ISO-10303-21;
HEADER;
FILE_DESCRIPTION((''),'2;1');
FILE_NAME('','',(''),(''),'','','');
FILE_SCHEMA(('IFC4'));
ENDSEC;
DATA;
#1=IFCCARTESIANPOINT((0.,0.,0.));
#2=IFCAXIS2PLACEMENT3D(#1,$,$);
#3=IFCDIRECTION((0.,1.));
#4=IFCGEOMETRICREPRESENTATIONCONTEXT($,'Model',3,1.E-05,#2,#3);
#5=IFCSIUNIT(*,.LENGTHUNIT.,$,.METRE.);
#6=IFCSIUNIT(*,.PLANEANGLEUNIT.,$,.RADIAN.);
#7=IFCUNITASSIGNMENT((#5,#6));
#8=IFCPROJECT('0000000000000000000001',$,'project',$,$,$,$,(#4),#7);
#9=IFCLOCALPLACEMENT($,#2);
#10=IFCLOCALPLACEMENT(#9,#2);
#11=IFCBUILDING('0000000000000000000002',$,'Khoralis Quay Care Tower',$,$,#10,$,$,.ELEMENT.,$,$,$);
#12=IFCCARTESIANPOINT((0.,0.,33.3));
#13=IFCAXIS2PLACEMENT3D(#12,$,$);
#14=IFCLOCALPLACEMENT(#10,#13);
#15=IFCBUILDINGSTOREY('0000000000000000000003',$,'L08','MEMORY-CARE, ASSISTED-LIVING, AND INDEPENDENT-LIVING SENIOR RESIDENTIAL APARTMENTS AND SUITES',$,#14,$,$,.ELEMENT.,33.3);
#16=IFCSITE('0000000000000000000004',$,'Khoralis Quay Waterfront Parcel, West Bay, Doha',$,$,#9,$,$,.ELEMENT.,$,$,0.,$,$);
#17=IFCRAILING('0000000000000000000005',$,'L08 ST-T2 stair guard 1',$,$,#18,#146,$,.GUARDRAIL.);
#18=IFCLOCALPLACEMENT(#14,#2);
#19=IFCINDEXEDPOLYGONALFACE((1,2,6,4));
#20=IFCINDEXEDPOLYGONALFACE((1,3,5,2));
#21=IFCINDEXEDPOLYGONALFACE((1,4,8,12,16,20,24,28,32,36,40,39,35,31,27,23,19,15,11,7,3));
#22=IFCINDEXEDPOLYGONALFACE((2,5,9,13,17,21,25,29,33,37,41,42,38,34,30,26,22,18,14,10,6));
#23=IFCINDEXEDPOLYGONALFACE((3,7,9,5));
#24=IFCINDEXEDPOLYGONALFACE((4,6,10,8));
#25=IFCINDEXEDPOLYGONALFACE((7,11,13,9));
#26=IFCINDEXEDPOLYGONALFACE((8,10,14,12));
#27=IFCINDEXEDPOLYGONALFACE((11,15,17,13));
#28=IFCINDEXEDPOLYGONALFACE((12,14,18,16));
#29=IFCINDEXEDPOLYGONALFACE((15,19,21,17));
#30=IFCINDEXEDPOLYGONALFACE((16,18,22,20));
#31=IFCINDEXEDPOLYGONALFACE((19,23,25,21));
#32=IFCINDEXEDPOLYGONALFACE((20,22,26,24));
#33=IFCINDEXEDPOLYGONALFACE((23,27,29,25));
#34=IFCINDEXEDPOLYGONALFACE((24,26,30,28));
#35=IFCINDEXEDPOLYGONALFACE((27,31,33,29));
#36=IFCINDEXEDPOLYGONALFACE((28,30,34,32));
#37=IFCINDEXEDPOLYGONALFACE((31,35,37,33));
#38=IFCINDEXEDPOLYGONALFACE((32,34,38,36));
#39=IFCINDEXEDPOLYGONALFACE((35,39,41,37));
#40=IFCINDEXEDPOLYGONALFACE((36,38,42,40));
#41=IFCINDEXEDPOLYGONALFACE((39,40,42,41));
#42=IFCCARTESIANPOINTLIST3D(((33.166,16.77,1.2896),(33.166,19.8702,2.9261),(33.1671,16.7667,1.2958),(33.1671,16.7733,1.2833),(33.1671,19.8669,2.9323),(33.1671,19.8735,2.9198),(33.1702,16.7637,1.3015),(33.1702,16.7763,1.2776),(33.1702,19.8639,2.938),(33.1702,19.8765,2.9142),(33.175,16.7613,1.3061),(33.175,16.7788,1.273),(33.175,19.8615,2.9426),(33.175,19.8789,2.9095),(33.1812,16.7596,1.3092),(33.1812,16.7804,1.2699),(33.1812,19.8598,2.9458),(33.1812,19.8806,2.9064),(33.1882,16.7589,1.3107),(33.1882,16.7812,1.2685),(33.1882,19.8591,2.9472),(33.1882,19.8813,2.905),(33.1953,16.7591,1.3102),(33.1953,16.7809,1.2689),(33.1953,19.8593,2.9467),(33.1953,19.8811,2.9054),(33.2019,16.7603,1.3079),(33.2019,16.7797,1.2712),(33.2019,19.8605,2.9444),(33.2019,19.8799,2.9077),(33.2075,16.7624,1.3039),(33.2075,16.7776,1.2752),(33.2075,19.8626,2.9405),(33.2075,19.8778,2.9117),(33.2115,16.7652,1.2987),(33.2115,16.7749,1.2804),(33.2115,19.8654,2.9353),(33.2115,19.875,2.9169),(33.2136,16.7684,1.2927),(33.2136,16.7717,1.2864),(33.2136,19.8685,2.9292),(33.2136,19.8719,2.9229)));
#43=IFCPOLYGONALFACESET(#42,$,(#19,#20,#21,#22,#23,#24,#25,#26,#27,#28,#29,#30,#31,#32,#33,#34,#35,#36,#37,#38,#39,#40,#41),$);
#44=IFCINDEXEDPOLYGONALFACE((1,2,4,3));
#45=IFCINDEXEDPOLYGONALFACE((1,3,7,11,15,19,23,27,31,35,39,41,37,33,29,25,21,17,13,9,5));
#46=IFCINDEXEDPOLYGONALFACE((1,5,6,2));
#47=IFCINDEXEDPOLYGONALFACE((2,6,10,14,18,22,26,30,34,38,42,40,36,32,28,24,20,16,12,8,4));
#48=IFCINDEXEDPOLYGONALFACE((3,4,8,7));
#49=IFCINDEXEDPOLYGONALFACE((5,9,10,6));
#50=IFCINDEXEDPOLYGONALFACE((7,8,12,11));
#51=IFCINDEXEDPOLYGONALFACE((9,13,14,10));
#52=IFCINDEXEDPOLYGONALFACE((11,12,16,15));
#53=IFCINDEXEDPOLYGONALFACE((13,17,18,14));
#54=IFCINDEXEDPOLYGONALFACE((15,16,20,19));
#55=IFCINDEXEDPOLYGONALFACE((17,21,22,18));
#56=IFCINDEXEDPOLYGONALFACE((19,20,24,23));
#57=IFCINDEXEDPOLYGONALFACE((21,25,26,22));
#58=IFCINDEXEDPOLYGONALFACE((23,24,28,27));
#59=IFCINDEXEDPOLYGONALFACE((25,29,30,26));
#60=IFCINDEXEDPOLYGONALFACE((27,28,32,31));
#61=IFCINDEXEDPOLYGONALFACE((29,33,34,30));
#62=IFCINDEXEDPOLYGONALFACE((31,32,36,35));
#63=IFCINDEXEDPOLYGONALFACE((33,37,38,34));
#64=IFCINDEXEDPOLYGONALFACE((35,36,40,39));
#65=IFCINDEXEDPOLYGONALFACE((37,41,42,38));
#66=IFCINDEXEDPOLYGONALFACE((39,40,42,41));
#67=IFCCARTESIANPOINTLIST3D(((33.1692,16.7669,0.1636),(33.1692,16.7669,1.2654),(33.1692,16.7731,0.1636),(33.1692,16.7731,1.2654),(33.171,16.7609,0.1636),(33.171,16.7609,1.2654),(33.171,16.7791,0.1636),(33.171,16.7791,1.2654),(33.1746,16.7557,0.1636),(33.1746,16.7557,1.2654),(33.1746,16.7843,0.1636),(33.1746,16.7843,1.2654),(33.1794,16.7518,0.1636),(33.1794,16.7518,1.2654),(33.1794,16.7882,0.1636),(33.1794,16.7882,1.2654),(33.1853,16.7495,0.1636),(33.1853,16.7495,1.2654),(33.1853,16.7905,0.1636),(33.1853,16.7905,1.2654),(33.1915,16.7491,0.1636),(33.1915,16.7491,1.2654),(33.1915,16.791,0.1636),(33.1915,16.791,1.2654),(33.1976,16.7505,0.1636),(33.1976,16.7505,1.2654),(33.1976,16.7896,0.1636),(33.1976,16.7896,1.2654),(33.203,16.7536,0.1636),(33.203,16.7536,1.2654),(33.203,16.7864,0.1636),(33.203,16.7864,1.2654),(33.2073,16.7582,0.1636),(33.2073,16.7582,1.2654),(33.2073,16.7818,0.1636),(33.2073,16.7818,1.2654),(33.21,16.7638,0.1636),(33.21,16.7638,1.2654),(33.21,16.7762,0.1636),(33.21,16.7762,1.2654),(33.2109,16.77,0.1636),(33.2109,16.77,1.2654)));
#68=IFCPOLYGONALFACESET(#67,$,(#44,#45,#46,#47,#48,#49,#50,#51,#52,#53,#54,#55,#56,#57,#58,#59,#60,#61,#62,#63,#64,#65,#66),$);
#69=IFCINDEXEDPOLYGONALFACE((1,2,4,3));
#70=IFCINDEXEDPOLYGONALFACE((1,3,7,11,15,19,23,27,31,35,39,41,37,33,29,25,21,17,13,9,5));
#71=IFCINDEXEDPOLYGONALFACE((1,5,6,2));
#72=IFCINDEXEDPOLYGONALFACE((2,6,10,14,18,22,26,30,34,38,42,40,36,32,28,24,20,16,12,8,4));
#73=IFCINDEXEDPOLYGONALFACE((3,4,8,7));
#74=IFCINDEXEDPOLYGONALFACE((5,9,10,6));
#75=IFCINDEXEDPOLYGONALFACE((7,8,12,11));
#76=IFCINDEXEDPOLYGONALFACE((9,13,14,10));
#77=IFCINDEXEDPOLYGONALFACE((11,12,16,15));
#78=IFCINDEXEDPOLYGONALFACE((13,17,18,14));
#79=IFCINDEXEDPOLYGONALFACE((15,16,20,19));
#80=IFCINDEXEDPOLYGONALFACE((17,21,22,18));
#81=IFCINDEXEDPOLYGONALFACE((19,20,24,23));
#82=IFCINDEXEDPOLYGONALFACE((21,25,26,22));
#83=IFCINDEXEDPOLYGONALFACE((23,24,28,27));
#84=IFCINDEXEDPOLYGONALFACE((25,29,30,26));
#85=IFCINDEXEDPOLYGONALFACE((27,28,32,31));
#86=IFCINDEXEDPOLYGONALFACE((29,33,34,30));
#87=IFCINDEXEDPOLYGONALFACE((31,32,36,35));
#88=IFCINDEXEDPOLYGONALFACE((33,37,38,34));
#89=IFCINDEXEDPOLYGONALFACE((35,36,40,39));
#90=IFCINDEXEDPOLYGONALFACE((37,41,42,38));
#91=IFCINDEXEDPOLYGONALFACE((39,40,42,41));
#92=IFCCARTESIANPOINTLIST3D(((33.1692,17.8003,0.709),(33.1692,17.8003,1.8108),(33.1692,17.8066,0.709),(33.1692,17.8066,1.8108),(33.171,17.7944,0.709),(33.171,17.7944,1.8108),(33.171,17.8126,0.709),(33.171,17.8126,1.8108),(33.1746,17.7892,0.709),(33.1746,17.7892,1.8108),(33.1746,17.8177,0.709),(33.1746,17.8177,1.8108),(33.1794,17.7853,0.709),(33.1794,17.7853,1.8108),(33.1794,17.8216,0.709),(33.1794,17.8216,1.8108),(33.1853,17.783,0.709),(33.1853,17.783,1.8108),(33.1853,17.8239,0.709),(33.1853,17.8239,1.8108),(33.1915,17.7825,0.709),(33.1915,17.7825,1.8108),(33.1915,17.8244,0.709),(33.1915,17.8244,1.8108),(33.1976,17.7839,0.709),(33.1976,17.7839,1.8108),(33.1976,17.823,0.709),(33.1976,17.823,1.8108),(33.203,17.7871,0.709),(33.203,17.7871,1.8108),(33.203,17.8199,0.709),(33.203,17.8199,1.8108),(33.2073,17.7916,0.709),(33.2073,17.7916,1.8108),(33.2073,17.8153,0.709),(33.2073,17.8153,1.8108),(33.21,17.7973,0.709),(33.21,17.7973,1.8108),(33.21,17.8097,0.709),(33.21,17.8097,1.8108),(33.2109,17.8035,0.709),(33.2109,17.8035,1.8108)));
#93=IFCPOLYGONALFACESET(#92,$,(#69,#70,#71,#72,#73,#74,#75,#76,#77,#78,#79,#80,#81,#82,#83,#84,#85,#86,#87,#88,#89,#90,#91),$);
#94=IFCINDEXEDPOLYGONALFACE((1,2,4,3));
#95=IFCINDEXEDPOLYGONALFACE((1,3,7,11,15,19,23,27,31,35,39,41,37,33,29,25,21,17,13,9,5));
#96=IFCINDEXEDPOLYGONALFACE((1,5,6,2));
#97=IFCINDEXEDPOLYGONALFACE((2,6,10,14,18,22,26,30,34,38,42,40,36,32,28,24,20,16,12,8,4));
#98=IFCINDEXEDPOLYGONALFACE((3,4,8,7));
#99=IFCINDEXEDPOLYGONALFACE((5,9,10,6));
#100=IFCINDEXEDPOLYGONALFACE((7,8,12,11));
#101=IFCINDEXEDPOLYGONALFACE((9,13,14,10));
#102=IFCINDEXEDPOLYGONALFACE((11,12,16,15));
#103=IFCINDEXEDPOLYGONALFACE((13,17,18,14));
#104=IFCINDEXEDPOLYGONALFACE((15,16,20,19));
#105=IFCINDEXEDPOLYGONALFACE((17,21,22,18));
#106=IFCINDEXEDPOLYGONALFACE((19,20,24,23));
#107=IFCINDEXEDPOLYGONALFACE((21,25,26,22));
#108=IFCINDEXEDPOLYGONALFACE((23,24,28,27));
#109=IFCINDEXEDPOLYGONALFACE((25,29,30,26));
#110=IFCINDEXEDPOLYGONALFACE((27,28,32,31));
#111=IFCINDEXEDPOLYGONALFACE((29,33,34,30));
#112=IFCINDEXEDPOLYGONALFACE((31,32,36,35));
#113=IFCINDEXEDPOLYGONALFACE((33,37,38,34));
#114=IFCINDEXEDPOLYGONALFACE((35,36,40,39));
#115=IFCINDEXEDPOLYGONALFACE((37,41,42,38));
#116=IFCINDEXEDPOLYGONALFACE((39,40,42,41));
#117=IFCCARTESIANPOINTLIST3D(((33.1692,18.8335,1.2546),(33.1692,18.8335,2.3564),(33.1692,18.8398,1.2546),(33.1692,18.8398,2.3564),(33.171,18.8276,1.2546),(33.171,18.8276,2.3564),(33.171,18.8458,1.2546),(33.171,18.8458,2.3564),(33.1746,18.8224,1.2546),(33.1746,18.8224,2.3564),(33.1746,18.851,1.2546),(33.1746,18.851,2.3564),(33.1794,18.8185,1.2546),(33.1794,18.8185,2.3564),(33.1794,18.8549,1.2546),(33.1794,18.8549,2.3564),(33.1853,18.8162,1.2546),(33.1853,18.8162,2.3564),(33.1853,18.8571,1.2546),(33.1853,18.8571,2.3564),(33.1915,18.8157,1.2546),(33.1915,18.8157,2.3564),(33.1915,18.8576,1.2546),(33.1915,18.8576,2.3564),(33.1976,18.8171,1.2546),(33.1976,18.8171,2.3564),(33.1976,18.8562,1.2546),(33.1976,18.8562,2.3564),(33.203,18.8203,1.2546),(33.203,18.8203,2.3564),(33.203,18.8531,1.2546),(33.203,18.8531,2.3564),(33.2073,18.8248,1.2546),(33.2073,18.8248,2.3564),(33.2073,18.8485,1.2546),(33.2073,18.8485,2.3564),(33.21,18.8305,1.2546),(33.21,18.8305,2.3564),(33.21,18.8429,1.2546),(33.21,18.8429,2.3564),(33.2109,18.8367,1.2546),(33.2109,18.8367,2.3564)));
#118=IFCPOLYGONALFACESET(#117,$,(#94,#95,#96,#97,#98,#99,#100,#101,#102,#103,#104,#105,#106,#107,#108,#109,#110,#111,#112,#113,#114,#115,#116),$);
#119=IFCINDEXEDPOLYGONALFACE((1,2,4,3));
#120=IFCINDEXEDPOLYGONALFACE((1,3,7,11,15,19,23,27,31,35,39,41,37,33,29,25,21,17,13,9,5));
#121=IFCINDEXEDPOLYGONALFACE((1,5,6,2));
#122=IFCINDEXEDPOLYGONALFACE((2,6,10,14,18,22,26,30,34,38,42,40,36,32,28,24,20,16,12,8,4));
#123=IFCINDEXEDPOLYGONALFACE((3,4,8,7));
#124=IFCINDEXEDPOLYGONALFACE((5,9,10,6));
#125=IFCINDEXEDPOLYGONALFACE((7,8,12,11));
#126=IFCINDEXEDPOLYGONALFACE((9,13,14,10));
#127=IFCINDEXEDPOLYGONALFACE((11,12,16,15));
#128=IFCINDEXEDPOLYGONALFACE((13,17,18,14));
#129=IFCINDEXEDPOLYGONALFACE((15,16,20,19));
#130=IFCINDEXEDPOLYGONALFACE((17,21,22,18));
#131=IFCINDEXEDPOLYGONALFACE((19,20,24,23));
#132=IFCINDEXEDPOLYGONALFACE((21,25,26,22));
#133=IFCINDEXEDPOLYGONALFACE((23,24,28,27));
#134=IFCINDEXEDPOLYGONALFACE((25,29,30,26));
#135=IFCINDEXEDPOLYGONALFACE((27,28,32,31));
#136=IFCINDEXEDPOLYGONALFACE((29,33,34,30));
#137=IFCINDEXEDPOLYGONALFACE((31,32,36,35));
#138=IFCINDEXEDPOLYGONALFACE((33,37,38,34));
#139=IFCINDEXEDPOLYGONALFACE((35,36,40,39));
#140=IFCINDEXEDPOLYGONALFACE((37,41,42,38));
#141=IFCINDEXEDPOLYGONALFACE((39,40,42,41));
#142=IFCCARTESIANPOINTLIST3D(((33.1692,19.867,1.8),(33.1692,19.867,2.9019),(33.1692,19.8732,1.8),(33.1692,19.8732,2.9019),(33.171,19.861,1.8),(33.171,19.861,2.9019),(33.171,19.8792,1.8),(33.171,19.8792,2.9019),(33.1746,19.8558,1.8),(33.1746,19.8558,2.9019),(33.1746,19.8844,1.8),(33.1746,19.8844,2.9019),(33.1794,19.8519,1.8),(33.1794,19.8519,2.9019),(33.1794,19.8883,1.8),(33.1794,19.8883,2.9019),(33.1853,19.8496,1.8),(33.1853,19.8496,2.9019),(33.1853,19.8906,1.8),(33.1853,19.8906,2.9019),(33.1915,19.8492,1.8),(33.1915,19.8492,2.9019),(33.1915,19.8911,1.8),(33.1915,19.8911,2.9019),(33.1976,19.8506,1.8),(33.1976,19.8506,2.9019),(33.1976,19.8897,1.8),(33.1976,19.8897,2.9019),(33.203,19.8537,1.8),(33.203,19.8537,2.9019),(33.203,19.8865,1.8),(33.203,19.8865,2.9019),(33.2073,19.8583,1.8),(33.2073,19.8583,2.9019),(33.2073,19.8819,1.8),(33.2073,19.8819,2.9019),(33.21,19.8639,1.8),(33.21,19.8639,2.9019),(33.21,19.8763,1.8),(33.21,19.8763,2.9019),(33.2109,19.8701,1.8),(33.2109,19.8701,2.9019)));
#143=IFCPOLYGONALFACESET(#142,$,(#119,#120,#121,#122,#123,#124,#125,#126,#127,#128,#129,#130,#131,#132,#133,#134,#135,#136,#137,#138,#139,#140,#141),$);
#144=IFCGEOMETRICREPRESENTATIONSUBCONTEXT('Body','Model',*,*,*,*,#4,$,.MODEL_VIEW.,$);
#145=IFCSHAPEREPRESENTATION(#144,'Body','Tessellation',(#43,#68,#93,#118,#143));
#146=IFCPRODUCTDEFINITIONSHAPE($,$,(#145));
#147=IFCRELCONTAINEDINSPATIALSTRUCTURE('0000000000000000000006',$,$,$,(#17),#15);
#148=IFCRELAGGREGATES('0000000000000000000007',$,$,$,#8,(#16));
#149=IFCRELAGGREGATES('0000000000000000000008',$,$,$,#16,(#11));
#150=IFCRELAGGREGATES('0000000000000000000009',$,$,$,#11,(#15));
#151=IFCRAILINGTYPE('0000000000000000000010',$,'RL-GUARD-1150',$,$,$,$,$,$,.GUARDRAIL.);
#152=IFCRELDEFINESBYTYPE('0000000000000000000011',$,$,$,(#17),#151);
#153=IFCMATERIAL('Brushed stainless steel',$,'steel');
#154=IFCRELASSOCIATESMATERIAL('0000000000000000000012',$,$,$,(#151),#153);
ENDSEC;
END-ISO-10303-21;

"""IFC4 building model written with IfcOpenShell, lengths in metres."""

from ifc_helpers import new_model, si_unit, direction, frame, origin, origin_2d, place, context, subcontext, project, spatial, circle, extrude, material, type_object, element, save


model = new_model("IFC4")

# Units and contexts
model_context = context("Model", 3, precision=1e-05, world=origin(), true_north=direction((0.0, 1.0)))
body_context = subcontext(model_context, "Body", "Model", "MODEL_VIEW")
ifc_project = project(units=[si_unit("LENGTHUNIT", "METRE"), si_unit("PLANEANGLEUNIT", "RADIAN")], contexts=[model_context])

# Site, building, storey
site_placement = place(None, origin())
site = spatial("IfcSite", under=ifc_project, at=site_placement, Name="Khoralis Quay Waterfront Parcel, West Bay, Doha", CompositionType="ELEMENT", RefElevation=0.0)
building_placement = place(site_placement, origin())
building = spatial("IfcBuilding", under=site, at=building_placement, Name="Khoralis Quay Care Tower", CompositionType="ELEMENT")
storey_placement = place(building_placement, frame((0.0, 0.0, 33.3)))
storey = spatial("IfcBuildingStorey", under=building, at=storey_placement, Name="L08", Description="MEMORY-CARE, ASSISTED-LIVING, AND INDEPENDENT-LIVING SENIOR RESIDENTIAL APARTMENTS AND SUITES", CompositionType="ELEMENT", Elevation=33.3)

# Shared definitions
ifc_material_1 = material(Name="Brushed stainless steel", Category="steel")

# Railing
railing_type_1 = type_object("IfcRailingType", Name="RL-GUARD-1150", PredefinedType="GUARDRAIL", material=ifc_material_1)
railing_1_placement = place(storey_placement, frame((33.1899, 16.77, 0.1636)))
element("IfcRailing", 1, at=railing_1_placement, inside=storey, type_object=railing_type_1, Name="L08 ST-T2 stair guard 1", PredefinedType="GUARDRAIL", context=body_context, shape_type="SweptSolid", body=[
    extrude(circle(Radius=0.0239, at=origin_2d()), frame((0.0, 0.0, 1.126), z_axis=(0.0, 0.884348, 0.466828), x_axis=(-1.0, 0.0, 0.0)), (0.0, 0.0, 1.0), 3.5056),
    extrude(circle(Radius=0.021, at=origin_2d()), origin(), (0.0, 0.0, 1.0), 1.1018),
    extrude(circle(Radius=0.021, at=origin_2d()), frame((0.0, 1.0334, 0.5454)), (0.0, 0.0, 1.0), 1.1018),
    extrude(circle(Radius=0.021, at=origin_2d()), frame((0.0, 2.0667, 1.0911)), (0.0, 0.0, 1.0), 1.1018),
    extrude(circle(Radius=0.021, at=origin_2d()), frame((0.0, 3.1001, 1.6365)), (0.0, 0.0, 1.0), 1.1018),
])

save(model, "model.ifc")
